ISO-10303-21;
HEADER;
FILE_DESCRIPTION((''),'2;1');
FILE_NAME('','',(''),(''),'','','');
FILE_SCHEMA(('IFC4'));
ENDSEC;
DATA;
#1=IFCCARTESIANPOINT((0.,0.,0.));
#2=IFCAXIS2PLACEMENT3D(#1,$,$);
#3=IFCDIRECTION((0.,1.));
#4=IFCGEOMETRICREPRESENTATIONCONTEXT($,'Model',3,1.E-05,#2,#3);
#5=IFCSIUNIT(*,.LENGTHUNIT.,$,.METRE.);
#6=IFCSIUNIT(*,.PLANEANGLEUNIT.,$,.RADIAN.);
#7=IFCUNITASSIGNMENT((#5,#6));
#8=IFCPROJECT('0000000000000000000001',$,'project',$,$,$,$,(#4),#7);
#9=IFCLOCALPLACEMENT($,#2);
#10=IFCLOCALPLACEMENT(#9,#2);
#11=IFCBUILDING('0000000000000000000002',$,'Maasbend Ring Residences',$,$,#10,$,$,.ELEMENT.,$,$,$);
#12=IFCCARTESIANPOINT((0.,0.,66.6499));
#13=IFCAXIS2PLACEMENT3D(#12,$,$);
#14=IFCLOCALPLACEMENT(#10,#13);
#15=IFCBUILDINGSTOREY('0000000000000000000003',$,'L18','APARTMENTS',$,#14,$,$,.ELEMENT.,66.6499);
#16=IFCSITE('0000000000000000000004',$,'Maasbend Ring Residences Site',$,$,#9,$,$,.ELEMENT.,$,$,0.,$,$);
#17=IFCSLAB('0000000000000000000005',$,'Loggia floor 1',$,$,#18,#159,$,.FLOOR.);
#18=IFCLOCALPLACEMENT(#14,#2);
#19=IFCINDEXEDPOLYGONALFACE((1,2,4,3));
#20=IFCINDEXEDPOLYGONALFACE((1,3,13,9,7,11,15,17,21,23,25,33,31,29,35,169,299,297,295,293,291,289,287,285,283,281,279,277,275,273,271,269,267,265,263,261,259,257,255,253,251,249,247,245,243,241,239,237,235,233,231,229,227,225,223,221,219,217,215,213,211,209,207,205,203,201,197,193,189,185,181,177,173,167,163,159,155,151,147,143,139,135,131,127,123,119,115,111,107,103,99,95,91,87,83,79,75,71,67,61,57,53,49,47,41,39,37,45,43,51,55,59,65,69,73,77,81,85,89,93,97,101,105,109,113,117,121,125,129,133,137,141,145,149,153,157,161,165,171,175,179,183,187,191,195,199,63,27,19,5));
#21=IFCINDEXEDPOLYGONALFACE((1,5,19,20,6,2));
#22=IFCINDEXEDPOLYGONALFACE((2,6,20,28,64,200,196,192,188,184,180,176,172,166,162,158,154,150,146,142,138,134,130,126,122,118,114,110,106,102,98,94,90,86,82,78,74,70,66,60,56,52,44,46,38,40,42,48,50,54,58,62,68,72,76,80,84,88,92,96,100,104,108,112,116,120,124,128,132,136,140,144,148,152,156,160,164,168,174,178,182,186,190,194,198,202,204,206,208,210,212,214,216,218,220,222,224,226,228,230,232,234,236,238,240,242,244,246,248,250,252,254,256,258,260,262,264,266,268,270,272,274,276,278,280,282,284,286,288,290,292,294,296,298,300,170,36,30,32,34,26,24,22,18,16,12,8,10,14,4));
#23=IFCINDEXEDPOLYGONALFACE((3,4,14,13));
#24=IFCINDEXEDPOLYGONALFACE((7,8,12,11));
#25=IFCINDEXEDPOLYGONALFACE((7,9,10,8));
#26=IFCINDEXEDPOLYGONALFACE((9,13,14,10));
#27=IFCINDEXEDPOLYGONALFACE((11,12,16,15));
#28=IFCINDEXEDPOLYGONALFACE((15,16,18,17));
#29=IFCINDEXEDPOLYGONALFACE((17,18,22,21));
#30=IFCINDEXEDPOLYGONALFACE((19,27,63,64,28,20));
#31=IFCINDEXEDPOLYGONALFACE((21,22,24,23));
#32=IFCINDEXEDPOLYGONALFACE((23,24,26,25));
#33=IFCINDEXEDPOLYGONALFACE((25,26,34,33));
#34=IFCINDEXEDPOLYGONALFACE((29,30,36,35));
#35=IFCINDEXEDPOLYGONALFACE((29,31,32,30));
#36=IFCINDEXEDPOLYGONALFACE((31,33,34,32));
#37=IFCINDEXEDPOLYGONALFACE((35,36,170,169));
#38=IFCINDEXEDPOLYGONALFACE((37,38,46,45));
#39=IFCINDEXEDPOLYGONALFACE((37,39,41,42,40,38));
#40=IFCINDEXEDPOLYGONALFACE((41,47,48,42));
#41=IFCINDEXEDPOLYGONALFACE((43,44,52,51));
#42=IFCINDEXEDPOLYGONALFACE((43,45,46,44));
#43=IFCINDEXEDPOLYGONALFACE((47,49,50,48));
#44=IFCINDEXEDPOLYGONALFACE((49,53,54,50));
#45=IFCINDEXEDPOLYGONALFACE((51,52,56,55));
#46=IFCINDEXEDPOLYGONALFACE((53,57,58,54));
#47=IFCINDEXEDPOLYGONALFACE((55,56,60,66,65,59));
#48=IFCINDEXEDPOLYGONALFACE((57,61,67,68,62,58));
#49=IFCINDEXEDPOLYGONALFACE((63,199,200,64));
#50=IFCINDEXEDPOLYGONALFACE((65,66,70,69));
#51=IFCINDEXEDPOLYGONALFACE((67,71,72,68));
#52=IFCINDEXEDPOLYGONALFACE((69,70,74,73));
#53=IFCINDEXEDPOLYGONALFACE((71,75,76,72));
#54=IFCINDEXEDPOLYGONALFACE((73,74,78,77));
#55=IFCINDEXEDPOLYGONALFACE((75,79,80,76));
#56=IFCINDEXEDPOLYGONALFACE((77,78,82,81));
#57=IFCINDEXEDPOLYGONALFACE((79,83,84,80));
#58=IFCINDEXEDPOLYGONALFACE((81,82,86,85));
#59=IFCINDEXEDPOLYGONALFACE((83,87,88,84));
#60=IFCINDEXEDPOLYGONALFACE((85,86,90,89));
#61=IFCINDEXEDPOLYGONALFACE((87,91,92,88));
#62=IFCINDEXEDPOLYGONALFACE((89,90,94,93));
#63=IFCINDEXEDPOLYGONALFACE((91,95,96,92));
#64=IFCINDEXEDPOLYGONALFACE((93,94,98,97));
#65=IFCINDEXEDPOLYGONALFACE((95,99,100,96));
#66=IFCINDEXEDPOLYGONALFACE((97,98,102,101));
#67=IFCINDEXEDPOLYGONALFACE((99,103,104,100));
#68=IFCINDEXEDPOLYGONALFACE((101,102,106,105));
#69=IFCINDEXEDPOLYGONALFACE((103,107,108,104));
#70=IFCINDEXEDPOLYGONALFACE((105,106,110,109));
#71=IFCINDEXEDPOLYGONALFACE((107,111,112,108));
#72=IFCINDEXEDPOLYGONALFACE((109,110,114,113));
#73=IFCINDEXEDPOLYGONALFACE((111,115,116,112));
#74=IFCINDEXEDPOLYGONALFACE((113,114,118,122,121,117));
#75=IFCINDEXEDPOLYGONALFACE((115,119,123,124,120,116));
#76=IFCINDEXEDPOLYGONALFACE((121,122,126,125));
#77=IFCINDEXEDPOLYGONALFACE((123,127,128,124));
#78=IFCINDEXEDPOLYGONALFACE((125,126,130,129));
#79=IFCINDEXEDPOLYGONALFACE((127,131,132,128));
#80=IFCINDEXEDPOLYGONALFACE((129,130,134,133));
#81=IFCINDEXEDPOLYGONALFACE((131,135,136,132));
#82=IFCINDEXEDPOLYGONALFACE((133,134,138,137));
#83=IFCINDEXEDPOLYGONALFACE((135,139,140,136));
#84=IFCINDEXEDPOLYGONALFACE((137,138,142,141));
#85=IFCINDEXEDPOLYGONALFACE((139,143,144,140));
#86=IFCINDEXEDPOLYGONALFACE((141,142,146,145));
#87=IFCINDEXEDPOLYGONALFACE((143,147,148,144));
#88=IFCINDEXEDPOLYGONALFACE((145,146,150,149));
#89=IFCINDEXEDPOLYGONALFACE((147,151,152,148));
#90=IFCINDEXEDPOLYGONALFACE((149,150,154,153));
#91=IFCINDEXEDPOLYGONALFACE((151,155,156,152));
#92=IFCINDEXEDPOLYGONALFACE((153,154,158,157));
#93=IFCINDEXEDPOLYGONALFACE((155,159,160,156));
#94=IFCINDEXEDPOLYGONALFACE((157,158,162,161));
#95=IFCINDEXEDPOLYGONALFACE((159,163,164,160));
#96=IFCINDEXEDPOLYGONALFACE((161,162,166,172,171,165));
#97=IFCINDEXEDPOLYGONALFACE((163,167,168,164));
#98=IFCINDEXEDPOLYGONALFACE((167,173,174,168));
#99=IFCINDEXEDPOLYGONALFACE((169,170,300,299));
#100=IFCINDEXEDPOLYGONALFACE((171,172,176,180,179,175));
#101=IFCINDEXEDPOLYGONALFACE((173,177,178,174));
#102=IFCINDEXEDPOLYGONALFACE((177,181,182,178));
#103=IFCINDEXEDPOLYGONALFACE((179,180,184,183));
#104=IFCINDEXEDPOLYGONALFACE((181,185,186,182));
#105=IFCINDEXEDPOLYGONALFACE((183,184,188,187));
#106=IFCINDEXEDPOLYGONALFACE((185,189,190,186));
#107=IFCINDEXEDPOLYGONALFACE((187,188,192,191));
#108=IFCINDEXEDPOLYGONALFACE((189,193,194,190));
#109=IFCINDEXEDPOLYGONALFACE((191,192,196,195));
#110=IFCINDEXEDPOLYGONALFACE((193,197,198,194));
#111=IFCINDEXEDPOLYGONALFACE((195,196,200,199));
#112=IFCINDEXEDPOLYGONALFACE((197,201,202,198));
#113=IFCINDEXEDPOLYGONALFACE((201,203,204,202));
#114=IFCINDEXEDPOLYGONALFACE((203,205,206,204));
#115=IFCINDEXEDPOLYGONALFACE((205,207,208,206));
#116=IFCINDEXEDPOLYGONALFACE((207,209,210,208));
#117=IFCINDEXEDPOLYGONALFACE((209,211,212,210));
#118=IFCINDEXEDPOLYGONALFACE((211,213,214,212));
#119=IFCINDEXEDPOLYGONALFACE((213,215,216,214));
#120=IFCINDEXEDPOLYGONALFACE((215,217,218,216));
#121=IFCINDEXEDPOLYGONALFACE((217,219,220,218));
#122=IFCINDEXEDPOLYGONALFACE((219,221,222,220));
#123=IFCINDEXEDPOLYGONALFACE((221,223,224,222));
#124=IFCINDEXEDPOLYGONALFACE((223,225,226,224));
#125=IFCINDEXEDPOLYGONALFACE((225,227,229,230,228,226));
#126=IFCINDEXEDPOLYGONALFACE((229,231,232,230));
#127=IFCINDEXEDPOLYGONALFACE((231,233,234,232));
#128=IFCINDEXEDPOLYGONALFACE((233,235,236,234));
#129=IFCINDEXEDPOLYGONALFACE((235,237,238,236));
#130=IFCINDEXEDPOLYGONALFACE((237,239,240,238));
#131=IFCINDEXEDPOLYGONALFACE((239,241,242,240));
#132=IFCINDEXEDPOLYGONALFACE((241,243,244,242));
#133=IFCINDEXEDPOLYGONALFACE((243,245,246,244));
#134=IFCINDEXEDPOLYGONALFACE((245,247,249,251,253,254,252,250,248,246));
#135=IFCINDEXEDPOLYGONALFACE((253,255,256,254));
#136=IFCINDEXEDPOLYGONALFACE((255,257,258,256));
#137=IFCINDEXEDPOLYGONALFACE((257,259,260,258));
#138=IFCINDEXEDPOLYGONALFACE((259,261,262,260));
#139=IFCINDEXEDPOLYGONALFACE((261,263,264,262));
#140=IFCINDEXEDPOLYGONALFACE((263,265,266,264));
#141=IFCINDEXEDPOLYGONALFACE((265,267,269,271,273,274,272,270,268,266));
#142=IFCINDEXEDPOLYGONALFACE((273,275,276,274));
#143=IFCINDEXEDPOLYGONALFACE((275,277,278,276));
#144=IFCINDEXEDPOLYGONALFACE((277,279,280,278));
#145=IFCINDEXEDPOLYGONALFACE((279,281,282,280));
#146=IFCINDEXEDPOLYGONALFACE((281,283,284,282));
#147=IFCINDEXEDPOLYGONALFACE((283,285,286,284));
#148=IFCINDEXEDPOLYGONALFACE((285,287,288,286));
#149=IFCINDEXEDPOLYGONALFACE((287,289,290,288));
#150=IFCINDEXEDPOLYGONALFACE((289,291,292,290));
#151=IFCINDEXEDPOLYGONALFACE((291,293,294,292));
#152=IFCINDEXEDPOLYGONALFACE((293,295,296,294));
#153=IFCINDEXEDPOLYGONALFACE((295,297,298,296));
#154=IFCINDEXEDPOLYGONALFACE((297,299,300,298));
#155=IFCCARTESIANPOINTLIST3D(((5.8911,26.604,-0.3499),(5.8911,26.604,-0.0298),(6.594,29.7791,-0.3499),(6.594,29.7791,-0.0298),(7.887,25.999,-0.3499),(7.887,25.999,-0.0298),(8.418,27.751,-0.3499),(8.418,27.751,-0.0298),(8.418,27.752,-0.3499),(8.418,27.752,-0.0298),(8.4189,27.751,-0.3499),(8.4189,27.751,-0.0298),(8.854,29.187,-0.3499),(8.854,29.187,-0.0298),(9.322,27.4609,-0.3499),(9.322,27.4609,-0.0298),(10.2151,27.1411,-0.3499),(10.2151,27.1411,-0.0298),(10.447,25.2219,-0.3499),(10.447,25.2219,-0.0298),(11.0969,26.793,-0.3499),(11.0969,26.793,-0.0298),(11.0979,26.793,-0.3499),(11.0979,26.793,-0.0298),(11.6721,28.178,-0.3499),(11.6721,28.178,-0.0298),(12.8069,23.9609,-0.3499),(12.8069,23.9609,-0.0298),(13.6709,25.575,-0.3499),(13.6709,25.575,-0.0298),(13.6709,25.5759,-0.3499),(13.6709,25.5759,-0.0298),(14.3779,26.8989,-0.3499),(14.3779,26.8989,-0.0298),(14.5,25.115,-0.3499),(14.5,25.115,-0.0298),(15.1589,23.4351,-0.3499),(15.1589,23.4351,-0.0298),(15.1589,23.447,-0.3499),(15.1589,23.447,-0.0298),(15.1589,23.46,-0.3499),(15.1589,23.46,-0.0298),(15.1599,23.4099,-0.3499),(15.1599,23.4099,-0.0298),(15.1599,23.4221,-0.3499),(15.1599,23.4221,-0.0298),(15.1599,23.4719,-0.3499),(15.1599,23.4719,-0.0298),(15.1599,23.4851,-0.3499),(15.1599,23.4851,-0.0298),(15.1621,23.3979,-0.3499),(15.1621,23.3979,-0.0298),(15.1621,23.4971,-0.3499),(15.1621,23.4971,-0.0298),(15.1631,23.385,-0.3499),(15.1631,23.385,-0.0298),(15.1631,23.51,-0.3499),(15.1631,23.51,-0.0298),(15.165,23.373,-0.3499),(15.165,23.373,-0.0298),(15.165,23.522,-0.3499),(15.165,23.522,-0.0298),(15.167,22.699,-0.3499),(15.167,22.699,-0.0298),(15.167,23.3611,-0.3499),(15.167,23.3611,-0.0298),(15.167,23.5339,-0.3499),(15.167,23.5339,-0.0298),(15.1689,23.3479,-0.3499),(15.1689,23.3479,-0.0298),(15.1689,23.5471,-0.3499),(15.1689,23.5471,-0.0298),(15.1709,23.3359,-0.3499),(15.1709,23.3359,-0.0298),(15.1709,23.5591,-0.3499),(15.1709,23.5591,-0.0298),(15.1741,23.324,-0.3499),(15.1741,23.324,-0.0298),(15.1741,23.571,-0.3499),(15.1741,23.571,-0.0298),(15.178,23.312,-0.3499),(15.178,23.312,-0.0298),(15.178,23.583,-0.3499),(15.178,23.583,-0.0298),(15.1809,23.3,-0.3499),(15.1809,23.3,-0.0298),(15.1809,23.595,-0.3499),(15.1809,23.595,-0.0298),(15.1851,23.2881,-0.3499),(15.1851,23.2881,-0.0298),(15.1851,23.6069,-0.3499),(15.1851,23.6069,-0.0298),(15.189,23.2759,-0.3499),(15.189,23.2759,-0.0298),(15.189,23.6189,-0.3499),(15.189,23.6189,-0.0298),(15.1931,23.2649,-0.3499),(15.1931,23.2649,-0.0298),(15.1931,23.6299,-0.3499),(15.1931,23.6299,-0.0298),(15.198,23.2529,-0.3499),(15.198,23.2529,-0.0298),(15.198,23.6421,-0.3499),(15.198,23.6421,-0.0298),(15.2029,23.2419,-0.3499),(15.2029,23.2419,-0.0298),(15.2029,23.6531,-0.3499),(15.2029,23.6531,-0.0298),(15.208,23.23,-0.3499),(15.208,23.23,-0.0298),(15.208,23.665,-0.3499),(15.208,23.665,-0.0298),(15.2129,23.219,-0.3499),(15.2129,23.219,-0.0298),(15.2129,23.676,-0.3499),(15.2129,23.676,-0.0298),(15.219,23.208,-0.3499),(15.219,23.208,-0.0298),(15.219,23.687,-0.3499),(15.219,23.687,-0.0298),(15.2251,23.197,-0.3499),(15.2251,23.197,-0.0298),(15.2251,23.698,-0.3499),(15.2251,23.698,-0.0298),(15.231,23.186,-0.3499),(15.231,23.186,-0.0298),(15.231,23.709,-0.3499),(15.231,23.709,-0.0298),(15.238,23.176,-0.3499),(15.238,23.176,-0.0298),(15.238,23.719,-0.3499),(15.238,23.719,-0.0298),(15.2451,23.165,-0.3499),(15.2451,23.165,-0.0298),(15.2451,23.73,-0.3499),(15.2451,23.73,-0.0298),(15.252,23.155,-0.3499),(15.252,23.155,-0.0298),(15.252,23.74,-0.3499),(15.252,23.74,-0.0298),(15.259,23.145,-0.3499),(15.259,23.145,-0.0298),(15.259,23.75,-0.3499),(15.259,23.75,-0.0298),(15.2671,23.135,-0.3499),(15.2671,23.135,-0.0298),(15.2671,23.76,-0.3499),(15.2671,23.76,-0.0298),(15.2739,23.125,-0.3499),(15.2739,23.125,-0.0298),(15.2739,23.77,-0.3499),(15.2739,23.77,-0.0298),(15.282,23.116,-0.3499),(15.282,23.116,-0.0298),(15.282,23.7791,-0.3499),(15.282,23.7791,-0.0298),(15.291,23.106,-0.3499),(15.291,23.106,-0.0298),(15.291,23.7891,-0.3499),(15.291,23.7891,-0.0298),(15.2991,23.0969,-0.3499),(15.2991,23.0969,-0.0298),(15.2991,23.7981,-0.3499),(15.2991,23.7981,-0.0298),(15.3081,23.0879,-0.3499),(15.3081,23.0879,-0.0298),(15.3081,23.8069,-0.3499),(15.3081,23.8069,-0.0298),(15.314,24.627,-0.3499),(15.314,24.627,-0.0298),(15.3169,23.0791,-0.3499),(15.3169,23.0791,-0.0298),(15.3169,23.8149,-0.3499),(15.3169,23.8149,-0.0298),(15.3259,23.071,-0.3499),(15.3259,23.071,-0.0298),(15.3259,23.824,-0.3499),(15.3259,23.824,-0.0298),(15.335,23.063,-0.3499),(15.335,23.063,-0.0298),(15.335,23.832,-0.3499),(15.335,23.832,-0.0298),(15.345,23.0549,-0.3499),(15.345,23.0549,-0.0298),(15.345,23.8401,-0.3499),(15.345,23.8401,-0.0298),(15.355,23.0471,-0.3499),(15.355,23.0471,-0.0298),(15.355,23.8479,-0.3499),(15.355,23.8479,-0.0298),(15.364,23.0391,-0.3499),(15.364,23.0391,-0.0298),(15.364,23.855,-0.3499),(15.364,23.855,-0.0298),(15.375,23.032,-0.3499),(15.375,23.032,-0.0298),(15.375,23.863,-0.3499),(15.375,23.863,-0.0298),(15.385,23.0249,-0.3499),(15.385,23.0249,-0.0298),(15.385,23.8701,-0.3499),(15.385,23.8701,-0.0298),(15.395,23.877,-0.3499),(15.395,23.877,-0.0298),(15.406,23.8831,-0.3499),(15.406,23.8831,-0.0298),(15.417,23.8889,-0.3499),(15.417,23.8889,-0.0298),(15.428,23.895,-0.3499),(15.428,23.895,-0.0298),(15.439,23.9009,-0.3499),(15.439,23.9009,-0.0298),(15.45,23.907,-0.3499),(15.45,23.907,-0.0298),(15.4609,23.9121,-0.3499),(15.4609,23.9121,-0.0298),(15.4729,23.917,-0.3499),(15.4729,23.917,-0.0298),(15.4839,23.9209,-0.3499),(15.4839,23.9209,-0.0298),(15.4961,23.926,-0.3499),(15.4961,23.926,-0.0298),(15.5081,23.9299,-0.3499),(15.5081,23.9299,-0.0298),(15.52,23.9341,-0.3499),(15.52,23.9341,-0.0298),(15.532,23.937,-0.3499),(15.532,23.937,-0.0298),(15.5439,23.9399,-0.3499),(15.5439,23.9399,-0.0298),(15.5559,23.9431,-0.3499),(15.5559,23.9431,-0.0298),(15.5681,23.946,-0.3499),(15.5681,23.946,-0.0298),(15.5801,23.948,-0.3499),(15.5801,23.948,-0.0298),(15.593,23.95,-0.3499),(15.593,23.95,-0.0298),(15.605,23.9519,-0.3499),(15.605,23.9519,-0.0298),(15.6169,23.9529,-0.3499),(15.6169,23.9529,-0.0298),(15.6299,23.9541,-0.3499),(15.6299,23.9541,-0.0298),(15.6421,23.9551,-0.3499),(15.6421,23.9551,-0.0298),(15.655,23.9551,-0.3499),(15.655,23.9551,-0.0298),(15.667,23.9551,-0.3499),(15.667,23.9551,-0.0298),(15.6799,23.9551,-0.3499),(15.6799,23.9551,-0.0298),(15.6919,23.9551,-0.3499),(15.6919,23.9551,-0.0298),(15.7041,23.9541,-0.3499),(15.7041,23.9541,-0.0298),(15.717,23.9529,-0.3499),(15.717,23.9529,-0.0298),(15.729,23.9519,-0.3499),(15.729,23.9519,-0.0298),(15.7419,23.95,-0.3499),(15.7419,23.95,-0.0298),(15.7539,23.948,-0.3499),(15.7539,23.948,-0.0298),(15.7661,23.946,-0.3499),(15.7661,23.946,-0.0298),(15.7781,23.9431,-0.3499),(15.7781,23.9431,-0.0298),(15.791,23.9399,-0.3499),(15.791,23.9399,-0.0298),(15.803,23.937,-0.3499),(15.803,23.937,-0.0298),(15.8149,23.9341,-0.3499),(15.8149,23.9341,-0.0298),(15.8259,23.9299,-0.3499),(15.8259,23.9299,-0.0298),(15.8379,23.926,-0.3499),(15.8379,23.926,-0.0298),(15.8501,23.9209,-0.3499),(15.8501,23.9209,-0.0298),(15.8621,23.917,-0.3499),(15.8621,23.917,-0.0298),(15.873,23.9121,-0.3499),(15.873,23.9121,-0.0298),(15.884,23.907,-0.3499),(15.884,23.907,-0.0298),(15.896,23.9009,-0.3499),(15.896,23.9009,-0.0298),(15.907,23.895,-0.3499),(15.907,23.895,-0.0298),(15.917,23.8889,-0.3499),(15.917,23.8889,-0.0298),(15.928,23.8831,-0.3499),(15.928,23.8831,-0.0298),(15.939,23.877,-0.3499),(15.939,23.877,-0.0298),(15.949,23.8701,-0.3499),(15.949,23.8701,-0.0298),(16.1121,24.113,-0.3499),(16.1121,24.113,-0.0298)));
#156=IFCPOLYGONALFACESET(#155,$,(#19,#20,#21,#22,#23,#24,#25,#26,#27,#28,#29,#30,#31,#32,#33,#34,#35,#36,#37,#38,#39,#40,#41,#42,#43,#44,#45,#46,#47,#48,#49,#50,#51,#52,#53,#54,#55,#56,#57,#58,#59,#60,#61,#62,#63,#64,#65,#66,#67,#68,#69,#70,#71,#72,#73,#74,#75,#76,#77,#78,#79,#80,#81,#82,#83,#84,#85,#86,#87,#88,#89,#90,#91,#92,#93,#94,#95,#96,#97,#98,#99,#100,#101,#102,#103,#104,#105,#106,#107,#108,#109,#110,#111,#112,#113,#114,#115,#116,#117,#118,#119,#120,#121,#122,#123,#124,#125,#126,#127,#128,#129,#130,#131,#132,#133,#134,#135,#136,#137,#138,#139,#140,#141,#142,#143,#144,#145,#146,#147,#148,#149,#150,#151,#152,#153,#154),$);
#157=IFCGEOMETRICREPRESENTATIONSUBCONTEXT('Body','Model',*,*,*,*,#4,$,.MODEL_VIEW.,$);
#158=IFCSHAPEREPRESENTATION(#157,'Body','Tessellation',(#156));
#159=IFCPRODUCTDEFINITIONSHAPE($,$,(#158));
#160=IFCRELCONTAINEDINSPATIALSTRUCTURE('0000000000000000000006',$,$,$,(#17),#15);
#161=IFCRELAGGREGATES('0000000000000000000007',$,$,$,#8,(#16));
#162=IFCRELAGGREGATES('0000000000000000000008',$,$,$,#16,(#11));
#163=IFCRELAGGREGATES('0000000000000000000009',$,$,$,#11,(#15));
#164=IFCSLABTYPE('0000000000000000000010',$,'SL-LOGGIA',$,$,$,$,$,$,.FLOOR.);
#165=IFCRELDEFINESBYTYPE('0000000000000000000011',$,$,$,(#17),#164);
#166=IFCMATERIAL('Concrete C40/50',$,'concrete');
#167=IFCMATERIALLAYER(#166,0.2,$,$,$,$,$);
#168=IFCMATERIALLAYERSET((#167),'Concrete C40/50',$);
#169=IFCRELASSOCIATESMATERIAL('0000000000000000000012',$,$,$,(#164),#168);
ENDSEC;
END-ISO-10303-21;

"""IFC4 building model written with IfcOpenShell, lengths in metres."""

from ifc_helpers import new_model, si_unit, direction, frame, origin, place, context, subcontext, project, spatial, polyline, outline, extrude, material, layer, layer_set, type_object, element, save


model = new_model("IFC4")

# Units and contexts
model_context = context("Model", 3, precision=1e-05, world=origin(), true_north=direction((0.0, 1.0)))
body_context = subcontext(model_context, "Body", "Model", "MODEL_VIEW")
ifc_project = project(units=[si_unit("LENGTHUNIT", "METRE"), si_unit("PLANEANGLEUNIT", "RADIAN")], contexts=[model_context])

# Site, building, storey
site_placement = place(None, origin())
site = spatial("IfcSite", under=ifc_project, at=site_placement, Name="Maasbend Ring Residences Site", CompositionType="ELEMENT", RefElevation=0.0)
building_placement = place(site_placement, origin())
building = spatial("IfcBuilding", under=site, at=building_placement, Name="Maasbend Ring Residences", CompositionType="ELEMENT")
storey_placement = place(building_placement, frame((0.0, 0.0, 66.6499)))
storey = spatial("IfcBuildingStorey", under=building, at=storey_placement, Name="L18", Description="APARTMENTS", CompositionType="ELEMENT", Elevation=66.6499)

# Slab
ifc_material_1 = material(Name="Concrete C40/50", Category="concrete")
ifc_layer_1 = layer(ifc_material_1, 0.2)
ifc_layer_set_1 = layer_set([ifc_layer_1], Name="Concrete C40/50")
slab_type_1 = type_object("IfcSlabType", Name="SL-LOGGIA", PredefinedType="FLOOR", material=ifc_layer_set_1)
slab_1_placement = place(storey_placement, frame((0.0, 0.0, -0.3499)))
element("IfcSlab", 1, at=slab_1_placement, inside=storey, type_object=slab_type_1, Name="Loggia floor 1", PredefinedType="FLOOR", context=body_context, shape_type="SweptSolid", body=[
    extrude(outline(polyline([(8.854, 29.187), (8.854, 29.187), (8.854, 29.187), (8.418, 27.752), (8.418, 27.752), (8.418, 27.752), (8.418, 27.752), (8.418, 27.752), (8.418, 27.752), (8.418, 27.751), (8.418, 27.751), (8.418, 27.751), (8.418, 27.751), (8.418, 27.751), (8.4189, 27.751), (8.4189, 27.751), (8.4189, 27.751), (8.4189, 27.751), (8.4189, 27.751), (8.4189, 27.751), (9.322, 27.4609), (9.322, 27.4609), (10.2151, 27.1411), (10.2151, 27.1411), (11.0969, 26.793), (11.0969, 26.793), (11.0969, 26.793), (11.0979, 26.793), (11.0979, 26.793), (11.0979, 26.793), (11.0979, 26.793), (11.0979, 26.793), (11.0979, 26.793), (11.0979, 26.793), (11.0979, 26.793), (11.0979, 26.793), (11.0979, 26.793), (11.0979, 26.793), (11.0979, 26.793), (11.0979, 26.793), (11.0979, 26.793), (11.6721, 28.178), (11.6721, 28.178), (11.6721, 28.178), (14.3779, 26.8989), (14.3779, 26.8989), (14.3779, 26.8989), (13.6709, 25.5759), (13.6709, 25.5759), (13.6709, 25.5759), (13.6709, 25.5759), (13.6709, 25.5759), (13.6709, 25.5759), (13.6709, 25.5759), (13.6709, 25.5759), (13.6709, 25.5759), (13.6709, 25.5759), (13.6709, 25.5759), (13.6709, 25.5759), (13.6709, 25.5759), (13.6709, 25.5759), (13.6709, 25.5759), (13.6709, 25.5759), (13.6709, 25.575), (14.5, 25.115), (14.5, 25.115), (15.314, 24.627), (15.314, 24.627), (16.1121, 24.113), (16.1121, 24.113), (16.1121, 24.113), (15.949, 23.8701), (15.939, 23.877), (15.928, 23.8831), (15.917, 23.8889), (15.907, 23.895), (15.896, 23.9009), (15.884, 23.907), (15.873, 23.9121), (15.8621, 23.917), (15.8501, 23.9209), (15.8379, 23.926), (15.8259, 23.9299), (15.8149, 23.9341), (15.803, 23.937), (15.791, 23.9399), (15.7781, 23.9431), (15.7661, 23.946), (15.7539, 23.948), (15.7419, 23.95), (15.729, 23.9519), (15.717, 23.9529), (15.7041, 23.9541), (15.6919, 23.9551), (15.6799, 23.9551), (15.667, 23.9551), (15.655, 23.9551), (15.6421, 23.9551), (15.6299, 23.9541), (15.6169, 23.9529), (15.605, 23.9519), (15.593, 23.95), (15.5801, 23.948), (15.5681, 23.946), (15.5559, 23.9431), (15.5439, 23.9399), (15.532, 23.937), (15.52, 23.9341), (15.5081, 23.9299), (15.4961, 23.926), (15.4839, 23.9209), (15.4729, 23.917), (15.4609, 23.9121), (15.45, 23.907), (15.439, 23.9009), (15.428, 23.895), (15.417, 23.8889), (15.406, 23.8831), (15.395, 23.877), (15.385, 23.8701), (15.375, 23.863), (15.364, 23.855), (15.355, 23.8479), (15.345, 23.8401), (15.335, 23.832), (15.3259, 23.824), (15.3169, 23.8149), (15.3081, 23.8069), (15.2991, 23.7981), (15.291, 23.7891), (15.282, 23.7791), (15.2739, 23.77), (15.2671, 23.76), (15.259, 23.75), (15.252, 23.74), (15.2451, 23.73), (15.238, 23.719), (15.231, 23.709), (15.2251, 23.698), (15.219, 23.687), (15.2129, 23.676), (15.208, 23.665), (15.2029, 23.6531), (15.198, 23.6421), (15.1931, 23.6299), (15.189, 23.6189), (15.1851, 23.6069), (15.1809, 23.595), (15.178, 23.583), (15.1741, 23.571), (15.1709, 23.5591), (15.1689, 23.5471), (15.167, 23.5339), (15.165, 23.522), (15.1631, 23.51), (15.1621, 23.4971), (15.1599, 23.4851), (15.1599, 23.4719), (15.1589, 23.46), (15.1589, 23.447), (15.1589, 23.4351), (15.1599, 23.4221), (15.1599, 23.4099), (15.1621, 23.3979), (15.1631, 23.385), (15.165, 23.373), (15.167, 23.3611), (15.1689, 23.3479), (15.1709, 23.3359), (15.1741, 23.324), (15.178, 23.312), (15.1809, 23.3), (15.1851, 23.2881), (15.189, 23.2759), (15.1931, 23.2649), (15.198, 23.2529), (15.2029, 23.2419), (15.208, 23.23), (15.2129, 23.219), (15.219, 23.208), (15.2251, 23.197), (15.231, 23.186), (15.238, 23.176), (15.2451, 23.165), (15.252, 23.155), (15.259, 23.145), (15.2671, 23.135), (15.2739, 23.125), (15.282, 23.116), (15.291, 23.106), (15.2991, 23.0969), (15.3081, 23.0879), (15.3169, 23.0791), (15.3259, 23.071), (15.335, 23.063), (15.345, 23.0549), (15.355, 23.0471), (15.364, 23.0391), (15.375, 23.032), (15.385, 23.0249), (15.167, 22.699), (15.167, 22.699), (15.167, 22.699), (12.8069, 23.9609), (10.447, 25.2219), (10.447, 25.2219), (10.447, 25.2219), (7.887, 25.999), (5.8911, 26.604), (5.8911, 26.604), (5.8911, 26.604), (6.594, 29.7791), (6.594, 29.7791), (6.594, 29.7791), (8.854, 29.187)])), origin(), (0.0, 0.0, 1.0), 0.3201),
])

save(model, "model.ifc")
